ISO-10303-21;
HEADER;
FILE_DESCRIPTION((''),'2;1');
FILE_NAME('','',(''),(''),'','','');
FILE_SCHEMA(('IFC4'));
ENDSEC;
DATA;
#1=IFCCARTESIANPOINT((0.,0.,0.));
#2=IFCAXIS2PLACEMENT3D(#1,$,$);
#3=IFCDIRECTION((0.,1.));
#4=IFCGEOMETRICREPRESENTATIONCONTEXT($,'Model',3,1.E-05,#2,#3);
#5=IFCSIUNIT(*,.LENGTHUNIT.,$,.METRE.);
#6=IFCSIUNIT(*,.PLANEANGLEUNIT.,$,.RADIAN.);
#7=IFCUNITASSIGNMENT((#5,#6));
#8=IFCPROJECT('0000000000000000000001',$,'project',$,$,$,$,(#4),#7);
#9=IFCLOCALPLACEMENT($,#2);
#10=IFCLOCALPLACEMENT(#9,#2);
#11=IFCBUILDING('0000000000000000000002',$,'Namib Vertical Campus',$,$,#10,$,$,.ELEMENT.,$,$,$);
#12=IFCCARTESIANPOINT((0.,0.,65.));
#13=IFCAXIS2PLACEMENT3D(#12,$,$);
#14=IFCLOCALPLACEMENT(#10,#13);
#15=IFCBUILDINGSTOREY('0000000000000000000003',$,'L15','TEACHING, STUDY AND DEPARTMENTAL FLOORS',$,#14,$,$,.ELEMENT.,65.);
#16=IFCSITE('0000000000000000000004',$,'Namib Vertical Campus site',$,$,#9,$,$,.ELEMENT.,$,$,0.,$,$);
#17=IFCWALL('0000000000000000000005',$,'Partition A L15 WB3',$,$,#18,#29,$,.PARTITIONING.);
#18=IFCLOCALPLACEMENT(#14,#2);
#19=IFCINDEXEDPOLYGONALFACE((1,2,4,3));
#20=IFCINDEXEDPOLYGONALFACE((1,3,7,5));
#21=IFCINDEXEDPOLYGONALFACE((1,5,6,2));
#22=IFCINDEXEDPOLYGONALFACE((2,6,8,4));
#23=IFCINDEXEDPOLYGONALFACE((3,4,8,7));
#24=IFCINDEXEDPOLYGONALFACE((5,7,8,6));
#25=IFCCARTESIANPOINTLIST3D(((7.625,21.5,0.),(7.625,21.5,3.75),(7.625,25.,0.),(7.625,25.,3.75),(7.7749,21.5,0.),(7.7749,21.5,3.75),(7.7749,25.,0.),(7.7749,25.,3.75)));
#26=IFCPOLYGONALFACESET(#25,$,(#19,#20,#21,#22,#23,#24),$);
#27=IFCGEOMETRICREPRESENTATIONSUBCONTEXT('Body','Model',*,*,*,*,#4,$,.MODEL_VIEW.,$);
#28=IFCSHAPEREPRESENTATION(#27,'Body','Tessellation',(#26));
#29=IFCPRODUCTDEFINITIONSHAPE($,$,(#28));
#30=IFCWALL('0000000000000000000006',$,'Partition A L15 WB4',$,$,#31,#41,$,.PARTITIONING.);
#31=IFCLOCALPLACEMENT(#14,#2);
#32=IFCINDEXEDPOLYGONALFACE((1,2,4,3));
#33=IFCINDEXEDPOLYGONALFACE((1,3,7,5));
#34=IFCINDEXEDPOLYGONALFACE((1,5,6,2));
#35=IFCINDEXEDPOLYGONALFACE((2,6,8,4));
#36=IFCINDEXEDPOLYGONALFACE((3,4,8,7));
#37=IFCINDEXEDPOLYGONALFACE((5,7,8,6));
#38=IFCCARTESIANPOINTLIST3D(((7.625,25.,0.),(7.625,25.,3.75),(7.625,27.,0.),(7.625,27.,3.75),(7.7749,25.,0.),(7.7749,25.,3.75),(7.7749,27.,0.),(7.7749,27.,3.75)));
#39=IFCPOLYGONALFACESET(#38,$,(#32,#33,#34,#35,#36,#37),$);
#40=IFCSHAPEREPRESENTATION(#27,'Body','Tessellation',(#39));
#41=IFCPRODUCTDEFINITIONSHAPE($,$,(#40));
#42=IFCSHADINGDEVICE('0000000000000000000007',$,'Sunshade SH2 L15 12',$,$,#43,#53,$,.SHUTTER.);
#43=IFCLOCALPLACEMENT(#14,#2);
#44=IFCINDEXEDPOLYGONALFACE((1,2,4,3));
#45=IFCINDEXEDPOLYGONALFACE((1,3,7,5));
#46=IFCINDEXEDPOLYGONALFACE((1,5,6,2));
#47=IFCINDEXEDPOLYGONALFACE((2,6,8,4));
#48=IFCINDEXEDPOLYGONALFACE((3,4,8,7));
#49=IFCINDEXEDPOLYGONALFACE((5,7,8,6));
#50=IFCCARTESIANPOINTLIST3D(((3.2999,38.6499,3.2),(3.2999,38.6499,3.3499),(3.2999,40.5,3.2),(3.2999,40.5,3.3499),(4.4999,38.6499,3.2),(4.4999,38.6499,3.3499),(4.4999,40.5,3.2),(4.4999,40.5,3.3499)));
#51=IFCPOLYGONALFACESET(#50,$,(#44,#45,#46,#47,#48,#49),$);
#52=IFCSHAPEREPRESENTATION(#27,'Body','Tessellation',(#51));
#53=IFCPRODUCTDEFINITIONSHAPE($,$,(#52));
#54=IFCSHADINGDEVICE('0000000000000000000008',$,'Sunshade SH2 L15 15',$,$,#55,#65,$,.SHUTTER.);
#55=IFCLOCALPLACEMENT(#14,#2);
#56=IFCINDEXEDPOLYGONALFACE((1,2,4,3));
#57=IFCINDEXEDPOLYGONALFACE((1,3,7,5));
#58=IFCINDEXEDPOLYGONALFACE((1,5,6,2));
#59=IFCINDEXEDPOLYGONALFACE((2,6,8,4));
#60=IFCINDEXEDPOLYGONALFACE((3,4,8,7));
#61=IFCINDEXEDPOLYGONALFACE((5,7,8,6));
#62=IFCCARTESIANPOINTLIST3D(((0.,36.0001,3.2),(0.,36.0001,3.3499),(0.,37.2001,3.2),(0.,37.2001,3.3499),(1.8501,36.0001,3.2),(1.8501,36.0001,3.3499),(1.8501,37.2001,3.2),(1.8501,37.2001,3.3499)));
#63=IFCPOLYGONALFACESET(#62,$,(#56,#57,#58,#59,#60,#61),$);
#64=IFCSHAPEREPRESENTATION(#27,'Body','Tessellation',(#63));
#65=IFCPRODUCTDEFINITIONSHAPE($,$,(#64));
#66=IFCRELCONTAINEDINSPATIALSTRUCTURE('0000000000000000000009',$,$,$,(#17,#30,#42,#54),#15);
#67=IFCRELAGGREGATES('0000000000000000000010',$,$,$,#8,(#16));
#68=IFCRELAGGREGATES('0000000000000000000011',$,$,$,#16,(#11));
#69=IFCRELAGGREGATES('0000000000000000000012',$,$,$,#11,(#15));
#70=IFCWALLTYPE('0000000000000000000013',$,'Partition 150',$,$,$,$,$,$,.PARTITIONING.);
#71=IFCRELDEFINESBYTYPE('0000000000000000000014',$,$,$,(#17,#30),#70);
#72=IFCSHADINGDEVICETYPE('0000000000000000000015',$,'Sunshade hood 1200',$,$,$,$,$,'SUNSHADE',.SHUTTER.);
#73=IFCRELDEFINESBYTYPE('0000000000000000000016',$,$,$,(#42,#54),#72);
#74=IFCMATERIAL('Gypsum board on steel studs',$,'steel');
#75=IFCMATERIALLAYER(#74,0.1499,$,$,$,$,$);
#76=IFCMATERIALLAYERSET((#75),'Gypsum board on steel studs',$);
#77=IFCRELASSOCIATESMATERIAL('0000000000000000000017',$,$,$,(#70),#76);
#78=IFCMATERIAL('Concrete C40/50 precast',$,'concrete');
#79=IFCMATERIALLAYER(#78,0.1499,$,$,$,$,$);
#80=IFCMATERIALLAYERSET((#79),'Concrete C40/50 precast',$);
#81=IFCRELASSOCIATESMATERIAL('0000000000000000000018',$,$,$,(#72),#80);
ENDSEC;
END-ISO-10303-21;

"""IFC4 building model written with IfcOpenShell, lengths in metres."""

from ifc_helpers import new_model, si_unit, direction, frame, frame_2d, origin, origin_2d, place, context, subcontext, project, spatial, rectangle, extrude, material, layer, layer_set, type_object, element, save


model = new_model("IFC4")

# Units and contexts
model_context = context("Model", 3, precision=1e-05, world=origin(), true_north=direction((0.0, 1.0)))
body_context = subcontext(model_context, "Body", "Model", "MODEL_VIEW")
ifc_project = project(units=[si_unit("LENGTHUNIT", "METRE"), si_unit("PLANEANGLEUNIT", "RADIAN")], contexts=[model_context])

# Site, building, storey
site_placement = place(None, origin())
site = spatial("IfcSite", under=ifc_project, at=site_placement, Name="Namib Vertical Campus site", CompositionType="ELEMENT", RefElevation=0.0)
building_placement = place(site_placement, origin())
building = spatial("IfcBuilding", under=site, at=building_placement, Name="Namib Vertical Campus", CompositionType="ELEMENT")
storey_placement = place(building_placement, frame((0.0, 0.0, 65.0)))
storey = spatial("IfcBuildingStorey", under=building, at=storey_placement, Name="L15", Description="TEACHING, STUDY AND DEPARTMENTAL FLOORS", CompositionType="ELEMENT", Elevation=65.0)

# Walls
ifc_material_1 = material(Name="Gypsum board on steel studs", Category="steel")
ifc_layer_1 = layer(ifc_material_1, 0.1499)
ifc_layer_set_1 = layer_set([ifc_layer_1], Name="Gypsum board on steel studs")
wall_type_1 = type_object("IfcWallType", Name="Partition 150", PredefinedType="PARTITIONING", material=ifc_layer_set_1)
wall_1_placement = place(storey_placement, frame((7.7, 21.5, 0.0), z_axis=(0.0, 0.0, 1.0), x_axis=(0.0, 1.0, 0.0)))
element("IfcWall", 1, at=wall_1_placement, inside=storey, type_object=wall_type_1, Name="Partition A L15 WB3", PredefinedType="PARTITIONING", context=body_context, shape_type="SweptSolid", body=[
    extrude(rectangle(XDim=3.5, YDim=0.1499, at=frame_2d((1.75, 0.0))), origin(), (0.0, 0.0, 1.0), 3.75),
])
wall_2_placement = place(storey_placement, frame((7.7, 25.0, 0.0), z_axis=(0.0, 0.0, 1.0), x_axis=(0.0, 1.0, 0.0)))
element("IfcWall", 2, at=wall_2_placement, inside=storey, type_object=wall_type_1, Name="Partition A L15 WB4", PredefinedType="PARTITIONING", context=body_context, shape_type="SweptSolid", body=[
    extrude(rectangle(XDim=2.0, YDim=0.1499, at=frame_2d((1.0, 0.0))), origin(), (0.0, 0.0, 1.0), 3.75),
])

# Shading devices
ifc_material_2 = material(Name="Concrete C40/50 precast", Category="concrete")
ifc_layer_2 = layer(ifc_material_2, 0.1499)
ifc_layer_set_2 = layer_set([ifc_layer_2], Name="Concrete C40/50 precast")
shading_device_type = type_object("IfcShadingDeviceType", Name="Sunshade hood 1200", ElementType="SUNSHADE", PredefinedType="SHUTTER", material=ifc_layer_set_2)
for number, where, z_axis, x_axis, name in (
    (3, (3.8999, 39.575, 3.2), (0.0, 0.0, 1.0), (0.0, -1.0, 0.0), "Sunshade SH2 L15 12"),
    (4, (0.925, 36.6001, 3.2), (0.0, 0.0, 1.0), (-1.0, 0.0, 0.0), "Sunshade SH2 L15 15"),
):
    element("IfcShadingDevice", number, at=place(storey_placement, frame(where, z_axis=z_axis, x_axis=x_axis)), inside=storey, type_object=shading_device_type, Name=name, PredefinedType="SHUTTER", context=body_context, shape_type="SweptSolid", body=[
        extrude(rectangle(XDim=1.8501, YDim=1.2, at=origin_2d()), origin(), (0.0, 0.0, 1.0), 0.1499),
    ])

save(model, "model.ifc")
